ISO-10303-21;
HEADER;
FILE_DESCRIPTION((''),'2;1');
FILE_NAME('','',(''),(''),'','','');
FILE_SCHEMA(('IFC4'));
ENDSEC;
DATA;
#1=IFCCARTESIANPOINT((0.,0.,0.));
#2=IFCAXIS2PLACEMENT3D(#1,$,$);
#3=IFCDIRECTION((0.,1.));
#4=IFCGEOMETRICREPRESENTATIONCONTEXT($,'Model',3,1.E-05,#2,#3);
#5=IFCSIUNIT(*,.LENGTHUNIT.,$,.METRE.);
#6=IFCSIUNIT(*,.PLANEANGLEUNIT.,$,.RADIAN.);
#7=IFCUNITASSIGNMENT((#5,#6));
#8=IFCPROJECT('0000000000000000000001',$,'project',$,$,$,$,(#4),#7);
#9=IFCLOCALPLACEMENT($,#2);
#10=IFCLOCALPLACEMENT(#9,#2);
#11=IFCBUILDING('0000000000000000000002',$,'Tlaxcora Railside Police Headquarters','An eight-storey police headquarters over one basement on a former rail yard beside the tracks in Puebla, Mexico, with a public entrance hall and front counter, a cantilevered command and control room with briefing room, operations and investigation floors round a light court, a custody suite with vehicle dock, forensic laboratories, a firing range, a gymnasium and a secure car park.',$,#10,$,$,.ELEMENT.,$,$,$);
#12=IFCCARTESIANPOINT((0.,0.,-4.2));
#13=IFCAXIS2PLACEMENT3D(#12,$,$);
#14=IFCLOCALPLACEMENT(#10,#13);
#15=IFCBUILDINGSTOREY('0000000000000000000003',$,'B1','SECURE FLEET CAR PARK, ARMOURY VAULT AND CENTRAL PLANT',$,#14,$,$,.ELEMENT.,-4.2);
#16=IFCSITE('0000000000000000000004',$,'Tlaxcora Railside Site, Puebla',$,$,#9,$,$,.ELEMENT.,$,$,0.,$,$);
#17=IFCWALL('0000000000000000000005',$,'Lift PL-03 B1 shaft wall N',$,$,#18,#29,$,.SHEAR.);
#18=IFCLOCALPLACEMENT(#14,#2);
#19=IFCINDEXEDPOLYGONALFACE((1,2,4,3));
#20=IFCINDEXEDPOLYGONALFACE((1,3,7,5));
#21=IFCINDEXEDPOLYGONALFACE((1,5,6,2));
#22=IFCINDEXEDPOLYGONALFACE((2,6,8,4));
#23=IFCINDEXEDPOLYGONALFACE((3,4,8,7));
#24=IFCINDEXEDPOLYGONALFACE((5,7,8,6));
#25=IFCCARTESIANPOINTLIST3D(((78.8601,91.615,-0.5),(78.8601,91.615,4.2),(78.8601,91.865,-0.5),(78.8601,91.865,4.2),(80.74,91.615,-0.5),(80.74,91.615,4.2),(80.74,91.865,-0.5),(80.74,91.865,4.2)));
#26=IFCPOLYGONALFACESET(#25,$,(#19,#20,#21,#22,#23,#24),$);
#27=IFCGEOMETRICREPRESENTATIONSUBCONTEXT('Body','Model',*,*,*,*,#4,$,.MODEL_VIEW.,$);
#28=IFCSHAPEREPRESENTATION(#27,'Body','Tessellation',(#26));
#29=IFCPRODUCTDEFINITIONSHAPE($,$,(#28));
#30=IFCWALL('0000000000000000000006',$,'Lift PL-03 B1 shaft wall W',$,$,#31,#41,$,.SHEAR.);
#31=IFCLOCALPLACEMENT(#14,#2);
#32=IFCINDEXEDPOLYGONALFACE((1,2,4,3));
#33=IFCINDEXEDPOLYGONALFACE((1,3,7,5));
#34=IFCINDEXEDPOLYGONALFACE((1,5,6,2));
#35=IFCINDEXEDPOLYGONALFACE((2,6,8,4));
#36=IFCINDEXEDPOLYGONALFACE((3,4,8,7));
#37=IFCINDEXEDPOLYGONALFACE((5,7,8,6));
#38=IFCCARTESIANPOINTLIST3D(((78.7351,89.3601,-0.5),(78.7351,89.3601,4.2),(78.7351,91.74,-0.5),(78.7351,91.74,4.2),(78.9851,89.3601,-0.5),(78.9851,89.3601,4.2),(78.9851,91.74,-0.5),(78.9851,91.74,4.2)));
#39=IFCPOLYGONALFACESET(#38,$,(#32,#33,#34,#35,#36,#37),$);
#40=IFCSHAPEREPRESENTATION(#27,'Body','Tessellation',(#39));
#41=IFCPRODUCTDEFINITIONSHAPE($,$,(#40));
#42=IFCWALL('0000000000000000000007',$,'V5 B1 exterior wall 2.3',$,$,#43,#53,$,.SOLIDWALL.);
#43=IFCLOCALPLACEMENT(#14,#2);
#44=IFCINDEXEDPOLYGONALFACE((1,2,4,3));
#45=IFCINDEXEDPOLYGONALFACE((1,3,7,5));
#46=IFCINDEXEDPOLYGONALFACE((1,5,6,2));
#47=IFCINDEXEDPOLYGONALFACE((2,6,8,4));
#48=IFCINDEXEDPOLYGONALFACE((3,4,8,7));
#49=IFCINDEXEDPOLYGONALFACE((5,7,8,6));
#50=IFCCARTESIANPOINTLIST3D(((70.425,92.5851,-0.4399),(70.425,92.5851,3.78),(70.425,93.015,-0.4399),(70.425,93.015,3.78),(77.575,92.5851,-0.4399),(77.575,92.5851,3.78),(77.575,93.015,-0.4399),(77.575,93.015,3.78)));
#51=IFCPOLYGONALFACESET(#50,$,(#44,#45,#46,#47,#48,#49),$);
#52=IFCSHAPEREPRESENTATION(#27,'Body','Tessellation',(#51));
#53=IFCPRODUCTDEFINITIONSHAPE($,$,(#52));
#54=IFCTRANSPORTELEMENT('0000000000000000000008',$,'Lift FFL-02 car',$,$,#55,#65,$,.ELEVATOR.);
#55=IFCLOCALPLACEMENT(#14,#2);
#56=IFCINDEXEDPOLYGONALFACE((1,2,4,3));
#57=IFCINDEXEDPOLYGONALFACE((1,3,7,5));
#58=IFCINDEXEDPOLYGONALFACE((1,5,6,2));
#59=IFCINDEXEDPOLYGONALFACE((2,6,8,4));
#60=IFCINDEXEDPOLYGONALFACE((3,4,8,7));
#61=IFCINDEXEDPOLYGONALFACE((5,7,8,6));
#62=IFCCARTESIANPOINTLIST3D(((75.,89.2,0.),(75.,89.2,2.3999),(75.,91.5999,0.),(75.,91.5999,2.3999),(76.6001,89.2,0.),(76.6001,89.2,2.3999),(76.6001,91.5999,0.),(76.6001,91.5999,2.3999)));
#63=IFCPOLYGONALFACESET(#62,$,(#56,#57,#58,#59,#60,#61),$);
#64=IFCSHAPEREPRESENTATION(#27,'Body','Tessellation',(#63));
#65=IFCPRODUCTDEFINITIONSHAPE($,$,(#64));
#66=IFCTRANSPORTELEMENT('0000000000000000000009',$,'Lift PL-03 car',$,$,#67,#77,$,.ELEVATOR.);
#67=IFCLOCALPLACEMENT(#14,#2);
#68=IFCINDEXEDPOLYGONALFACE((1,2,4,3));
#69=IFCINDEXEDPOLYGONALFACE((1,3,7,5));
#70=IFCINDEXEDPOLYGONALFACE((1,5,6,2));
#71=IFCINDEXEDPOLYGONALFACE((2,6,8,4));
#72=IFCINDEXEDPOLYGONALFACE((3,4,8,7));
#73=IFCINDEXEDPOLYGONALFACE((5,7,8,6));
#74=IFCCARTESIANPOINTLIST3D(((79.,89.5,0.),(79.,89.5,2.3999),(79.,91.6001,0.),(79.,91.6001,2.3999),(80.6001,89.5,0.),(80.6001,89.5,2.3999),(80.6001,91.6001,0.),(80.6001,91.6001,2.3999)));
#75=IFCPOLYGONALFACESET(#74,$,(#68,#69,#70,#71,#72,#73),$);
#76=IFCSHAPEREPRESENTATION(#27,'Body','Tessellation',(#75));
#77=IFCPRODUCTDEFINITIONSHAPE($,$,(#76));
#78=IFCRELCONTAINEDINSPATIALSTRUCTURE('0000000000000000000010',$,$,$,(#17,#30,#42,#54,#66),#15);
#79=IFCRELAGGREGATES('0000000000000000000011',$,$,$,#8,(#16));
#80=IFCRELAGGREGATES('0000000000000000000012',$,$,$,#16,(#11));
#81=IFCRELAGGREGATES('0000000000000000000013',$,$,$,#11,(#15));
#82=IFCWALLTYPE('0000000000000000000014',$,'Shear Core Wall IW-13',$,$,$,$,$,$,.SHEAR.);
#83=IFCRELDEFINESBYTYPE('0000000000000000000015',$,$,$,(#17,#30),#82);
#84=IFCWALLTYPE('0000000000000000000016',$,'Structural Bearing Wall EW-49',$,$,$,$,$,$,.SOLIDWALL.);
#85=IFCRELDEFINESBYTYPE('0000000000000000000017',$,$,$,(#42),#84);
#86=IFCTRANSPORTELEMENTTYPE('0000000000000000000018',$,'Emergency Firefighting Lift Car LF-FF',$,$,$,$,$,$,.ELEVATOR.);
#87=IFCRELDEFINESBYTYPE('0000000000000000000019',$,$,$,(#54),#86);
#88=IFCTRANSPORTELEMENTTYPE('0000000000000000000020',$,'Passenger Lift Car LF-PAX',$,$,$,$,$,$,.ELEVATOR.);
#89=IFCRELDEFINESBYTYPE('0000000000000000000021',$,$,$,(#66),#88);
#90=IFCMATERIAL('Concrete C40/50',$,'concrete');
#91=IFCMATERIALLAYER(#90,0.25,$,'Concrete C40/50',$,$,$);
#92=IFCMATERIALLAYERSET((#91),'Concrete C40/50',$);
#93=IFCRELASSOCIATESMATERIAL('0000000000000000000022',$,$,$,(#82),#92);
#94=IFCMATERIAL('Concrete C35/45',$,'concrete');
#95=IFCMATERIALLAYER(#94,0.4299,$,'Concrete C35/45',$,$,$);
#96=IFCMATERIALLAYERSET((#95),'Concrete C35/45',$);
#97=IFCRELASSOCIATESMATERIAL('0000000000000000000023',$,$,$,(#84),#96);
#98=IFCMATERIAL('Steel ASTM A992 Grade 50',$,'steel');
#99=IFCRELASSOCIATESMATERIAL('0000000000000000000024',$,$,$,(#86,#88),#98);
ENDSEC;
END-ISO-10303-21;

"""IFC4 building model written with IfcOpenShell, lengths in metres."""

from ifc_helpers import new_model, si_unit, direction, frame, frame_2d, origin, origin_2d, place, context, subcontext, project, spatial, rectangle, extrude, material, layer, layer_set, type_object, element, save


model = new_model("IFC4")

# Units and contexts
model_context = context("Model", 3, precision=1e-05, world=origin(), true_north=direction((0.0, 1.0)))
body_context = subcontext(model_context, "Body", "Model", "MODEL_VIEW")
ifc_project = project(units=[si_unit("LENGTHUNIT", "METRE"), si_unit("PLANEANGLEUNIT", "RADIAN")], contexts=[model_context])

# Site, building, storey
site_placement = place(None, origin())
site = spatial("IfcSite", under=ifc_project, at=site_placement, Name="Tlaxcora Railside Site, Puebla", CompositionType="ELEMENT", RefElevation=0.0)
building_placement = place(site_placement, origin())
building = spatial("IfcBuilding", under=site, at=building_placement, Name="Tlaxcora Railside Police Headquarters", Description="An eight-storey police headquarters over one basement on a former rail yard beside the tracks in Puebla, Mexico, with a public entrance hall and front counter, a cantilevered command and control room with briefing room, operations and investigation floors round a light court, a custody suite with vehicle dock, forensic laboratories, a firing range, a gymnasium and a secure car park.", CompositionType="ELEMENT")
storey_placement = place(building_placement, frame((0.0, 0.0, -4.2)))
storey = spatial("IfcBuildingStorey", under=building, at=storey_placement, Name="B1", Description="SECURE FLEET CAR PARK, ARMOURY VAULT AND CENTRAL PLANT", CompositionType="ELEMENT", Elevation=-4.2)

# Shared definitions
ifc_material_1 = material(Name="Concrete C35/45", Category="concrete")

# Shared definitions
ifc_material_2 = material(Name="Concrete C40/50", Category="concrete")

# Shared definitions
ifc_layer_1 = layer(ifc_material_2, 0.25, Name="Concrete C40/50")
ifc_layer_set_1 = layer_set([ifc_layer_1], Name="Concrete C40/50")
wall_type_1 = type_object("IfcWallType", Name="Shear Core Wall IW-13", PredefinedType="SHEAR", material=ifc_layer_set_1)

# Shared definitions
ifc_material_3 = material(Name="Steel ASTM A992 Grade 50", Category="steel")

# Walls
wall_1_placement = place(storey_placement, frame((80.74, 91.74, -0.5), z_axis=(0.0, 0.0, 1.0), x_axis=(-1.0, 0.0, 0.0)))
element("IfcWall", 1, at=wall_1_placement, inside=storey, type_object=wall_type_1, Name="Lift PL-03 B1 shaft wall N", PredefinedType="SHEAR", context=body_context, shape_type="SweptSolid", body=[
    extrude(rectangle(XDim=1.8799, YDim=0.25, at=frame_2d((0.9399, 0.0))), origin(), (0.0, 0.0, 1.0), 4.7),
])
wall_2_placement = place(storey_placement, frame((78.8601, 91.74, -0.5), z_axis=(0.0, 0.0, 1.0), x_axis=(0.0, -1.0, 0.0)))
element("IfcWall", 2, at=wall_2_placement, inside=storey, type_object=wall_type_1, Name="Lift PL-03 B1 shaft wall W", PredefinedType="SHEAR", context=body_context, shape_type="SweptSolid", body=[
    extrude(rectangle(XDim=2.3799, YDim=0.25, at=frame_2d((1.1899, 0.0))), origin(), (0.0, 0.0, 1.0), 4.7),
])
ifc_layer_2 = layer(ifc_material_1, 0.4299, Name="Concrete C35/45")
ifc_layer_set_2 = layer_set([ifc_layer_2], Name="Concrete C35/45")
wall_type_2 = type_object("IfcWallType", Name="Structural Bearing Wall EW-49", PredefinedType="SOLIDWALL", material=ifc_layer_set_2)
wall_3_placement = place(storey_placement, frame((77.575, 92.8, -0.4399), z_axis=(0.0, 0.0, 1.0), x_axis=(-1.0, 0.0, 0.0)))
element("IfcWall", 3, at=wall_3_placement, inside=storey, type_object=wall_type_2, Name="V5 B1 exterior wall 2.3", PredefinedType="SOLIDWALL", context=body_context, shape_type="SweptSolid", body=[
    extrude(rectangle(XDim=7.1499, YDim=0.4299, at=frame_2d((3.575, 0.0))), origin(), (0.0, 0.0, 1.0), 4.22),
])

# Transport elements
transport_element_type_1 = type_object("IfcTransportElementType", Name="Emergency Firefighting Lift Car LF-FF", PredefinedType="ELEVATOR", material=ifc_material_3)
transport_element_1_placement = place(storey_placement, frame((75.8, 90.3999, 0.0), z_axis=(0.0, 0.0, 1.0), x_axis=(1.0, 0.0, 0.0)))
element("IfcTransportElement", 4, at=transport_element_1_placement, inside=storey, type_object=transport_element_type_1, Name="Lift FFL-02 car", PredefinedType="ELEVATOR", context=body_context, shape_type="SweptSolid", body=[
    extrude(rectangle(XDim=1.6001, YDim=2.3999, at=origin_2d()), origin(), (0.0, 0.0, 1.0), 2.3999),
])
transport_element_type_2 = type_object("IfcTransportElementType", Name="Passenger Lift Car LF-PAX", PredefinedType="ELEVATOR", material=ifc_material_3)
transport_element_2_placement = place(storey_placement, frame((79.8, 90.55, 0.0), z_axis=(0.0, 0.0, 1.0), x_axis=(1.0, 0.0, 0.0)))
element("IfcTransportElement", 5, at=transport_element_2_placement, inside=storey, type_object=transport_element_type_2, Name="Lift PL-03 car", PredefinedType="ELEVATOR", context=body_context, shape_type="SweptSolid", body=[
    extrude(rectangle(XDim=1.6001, YDim=2.1001, at=origin_2d()), origin(), (0.0, 0.0, 1.0), 2.3999),
])

save(model, "model.ifc")
